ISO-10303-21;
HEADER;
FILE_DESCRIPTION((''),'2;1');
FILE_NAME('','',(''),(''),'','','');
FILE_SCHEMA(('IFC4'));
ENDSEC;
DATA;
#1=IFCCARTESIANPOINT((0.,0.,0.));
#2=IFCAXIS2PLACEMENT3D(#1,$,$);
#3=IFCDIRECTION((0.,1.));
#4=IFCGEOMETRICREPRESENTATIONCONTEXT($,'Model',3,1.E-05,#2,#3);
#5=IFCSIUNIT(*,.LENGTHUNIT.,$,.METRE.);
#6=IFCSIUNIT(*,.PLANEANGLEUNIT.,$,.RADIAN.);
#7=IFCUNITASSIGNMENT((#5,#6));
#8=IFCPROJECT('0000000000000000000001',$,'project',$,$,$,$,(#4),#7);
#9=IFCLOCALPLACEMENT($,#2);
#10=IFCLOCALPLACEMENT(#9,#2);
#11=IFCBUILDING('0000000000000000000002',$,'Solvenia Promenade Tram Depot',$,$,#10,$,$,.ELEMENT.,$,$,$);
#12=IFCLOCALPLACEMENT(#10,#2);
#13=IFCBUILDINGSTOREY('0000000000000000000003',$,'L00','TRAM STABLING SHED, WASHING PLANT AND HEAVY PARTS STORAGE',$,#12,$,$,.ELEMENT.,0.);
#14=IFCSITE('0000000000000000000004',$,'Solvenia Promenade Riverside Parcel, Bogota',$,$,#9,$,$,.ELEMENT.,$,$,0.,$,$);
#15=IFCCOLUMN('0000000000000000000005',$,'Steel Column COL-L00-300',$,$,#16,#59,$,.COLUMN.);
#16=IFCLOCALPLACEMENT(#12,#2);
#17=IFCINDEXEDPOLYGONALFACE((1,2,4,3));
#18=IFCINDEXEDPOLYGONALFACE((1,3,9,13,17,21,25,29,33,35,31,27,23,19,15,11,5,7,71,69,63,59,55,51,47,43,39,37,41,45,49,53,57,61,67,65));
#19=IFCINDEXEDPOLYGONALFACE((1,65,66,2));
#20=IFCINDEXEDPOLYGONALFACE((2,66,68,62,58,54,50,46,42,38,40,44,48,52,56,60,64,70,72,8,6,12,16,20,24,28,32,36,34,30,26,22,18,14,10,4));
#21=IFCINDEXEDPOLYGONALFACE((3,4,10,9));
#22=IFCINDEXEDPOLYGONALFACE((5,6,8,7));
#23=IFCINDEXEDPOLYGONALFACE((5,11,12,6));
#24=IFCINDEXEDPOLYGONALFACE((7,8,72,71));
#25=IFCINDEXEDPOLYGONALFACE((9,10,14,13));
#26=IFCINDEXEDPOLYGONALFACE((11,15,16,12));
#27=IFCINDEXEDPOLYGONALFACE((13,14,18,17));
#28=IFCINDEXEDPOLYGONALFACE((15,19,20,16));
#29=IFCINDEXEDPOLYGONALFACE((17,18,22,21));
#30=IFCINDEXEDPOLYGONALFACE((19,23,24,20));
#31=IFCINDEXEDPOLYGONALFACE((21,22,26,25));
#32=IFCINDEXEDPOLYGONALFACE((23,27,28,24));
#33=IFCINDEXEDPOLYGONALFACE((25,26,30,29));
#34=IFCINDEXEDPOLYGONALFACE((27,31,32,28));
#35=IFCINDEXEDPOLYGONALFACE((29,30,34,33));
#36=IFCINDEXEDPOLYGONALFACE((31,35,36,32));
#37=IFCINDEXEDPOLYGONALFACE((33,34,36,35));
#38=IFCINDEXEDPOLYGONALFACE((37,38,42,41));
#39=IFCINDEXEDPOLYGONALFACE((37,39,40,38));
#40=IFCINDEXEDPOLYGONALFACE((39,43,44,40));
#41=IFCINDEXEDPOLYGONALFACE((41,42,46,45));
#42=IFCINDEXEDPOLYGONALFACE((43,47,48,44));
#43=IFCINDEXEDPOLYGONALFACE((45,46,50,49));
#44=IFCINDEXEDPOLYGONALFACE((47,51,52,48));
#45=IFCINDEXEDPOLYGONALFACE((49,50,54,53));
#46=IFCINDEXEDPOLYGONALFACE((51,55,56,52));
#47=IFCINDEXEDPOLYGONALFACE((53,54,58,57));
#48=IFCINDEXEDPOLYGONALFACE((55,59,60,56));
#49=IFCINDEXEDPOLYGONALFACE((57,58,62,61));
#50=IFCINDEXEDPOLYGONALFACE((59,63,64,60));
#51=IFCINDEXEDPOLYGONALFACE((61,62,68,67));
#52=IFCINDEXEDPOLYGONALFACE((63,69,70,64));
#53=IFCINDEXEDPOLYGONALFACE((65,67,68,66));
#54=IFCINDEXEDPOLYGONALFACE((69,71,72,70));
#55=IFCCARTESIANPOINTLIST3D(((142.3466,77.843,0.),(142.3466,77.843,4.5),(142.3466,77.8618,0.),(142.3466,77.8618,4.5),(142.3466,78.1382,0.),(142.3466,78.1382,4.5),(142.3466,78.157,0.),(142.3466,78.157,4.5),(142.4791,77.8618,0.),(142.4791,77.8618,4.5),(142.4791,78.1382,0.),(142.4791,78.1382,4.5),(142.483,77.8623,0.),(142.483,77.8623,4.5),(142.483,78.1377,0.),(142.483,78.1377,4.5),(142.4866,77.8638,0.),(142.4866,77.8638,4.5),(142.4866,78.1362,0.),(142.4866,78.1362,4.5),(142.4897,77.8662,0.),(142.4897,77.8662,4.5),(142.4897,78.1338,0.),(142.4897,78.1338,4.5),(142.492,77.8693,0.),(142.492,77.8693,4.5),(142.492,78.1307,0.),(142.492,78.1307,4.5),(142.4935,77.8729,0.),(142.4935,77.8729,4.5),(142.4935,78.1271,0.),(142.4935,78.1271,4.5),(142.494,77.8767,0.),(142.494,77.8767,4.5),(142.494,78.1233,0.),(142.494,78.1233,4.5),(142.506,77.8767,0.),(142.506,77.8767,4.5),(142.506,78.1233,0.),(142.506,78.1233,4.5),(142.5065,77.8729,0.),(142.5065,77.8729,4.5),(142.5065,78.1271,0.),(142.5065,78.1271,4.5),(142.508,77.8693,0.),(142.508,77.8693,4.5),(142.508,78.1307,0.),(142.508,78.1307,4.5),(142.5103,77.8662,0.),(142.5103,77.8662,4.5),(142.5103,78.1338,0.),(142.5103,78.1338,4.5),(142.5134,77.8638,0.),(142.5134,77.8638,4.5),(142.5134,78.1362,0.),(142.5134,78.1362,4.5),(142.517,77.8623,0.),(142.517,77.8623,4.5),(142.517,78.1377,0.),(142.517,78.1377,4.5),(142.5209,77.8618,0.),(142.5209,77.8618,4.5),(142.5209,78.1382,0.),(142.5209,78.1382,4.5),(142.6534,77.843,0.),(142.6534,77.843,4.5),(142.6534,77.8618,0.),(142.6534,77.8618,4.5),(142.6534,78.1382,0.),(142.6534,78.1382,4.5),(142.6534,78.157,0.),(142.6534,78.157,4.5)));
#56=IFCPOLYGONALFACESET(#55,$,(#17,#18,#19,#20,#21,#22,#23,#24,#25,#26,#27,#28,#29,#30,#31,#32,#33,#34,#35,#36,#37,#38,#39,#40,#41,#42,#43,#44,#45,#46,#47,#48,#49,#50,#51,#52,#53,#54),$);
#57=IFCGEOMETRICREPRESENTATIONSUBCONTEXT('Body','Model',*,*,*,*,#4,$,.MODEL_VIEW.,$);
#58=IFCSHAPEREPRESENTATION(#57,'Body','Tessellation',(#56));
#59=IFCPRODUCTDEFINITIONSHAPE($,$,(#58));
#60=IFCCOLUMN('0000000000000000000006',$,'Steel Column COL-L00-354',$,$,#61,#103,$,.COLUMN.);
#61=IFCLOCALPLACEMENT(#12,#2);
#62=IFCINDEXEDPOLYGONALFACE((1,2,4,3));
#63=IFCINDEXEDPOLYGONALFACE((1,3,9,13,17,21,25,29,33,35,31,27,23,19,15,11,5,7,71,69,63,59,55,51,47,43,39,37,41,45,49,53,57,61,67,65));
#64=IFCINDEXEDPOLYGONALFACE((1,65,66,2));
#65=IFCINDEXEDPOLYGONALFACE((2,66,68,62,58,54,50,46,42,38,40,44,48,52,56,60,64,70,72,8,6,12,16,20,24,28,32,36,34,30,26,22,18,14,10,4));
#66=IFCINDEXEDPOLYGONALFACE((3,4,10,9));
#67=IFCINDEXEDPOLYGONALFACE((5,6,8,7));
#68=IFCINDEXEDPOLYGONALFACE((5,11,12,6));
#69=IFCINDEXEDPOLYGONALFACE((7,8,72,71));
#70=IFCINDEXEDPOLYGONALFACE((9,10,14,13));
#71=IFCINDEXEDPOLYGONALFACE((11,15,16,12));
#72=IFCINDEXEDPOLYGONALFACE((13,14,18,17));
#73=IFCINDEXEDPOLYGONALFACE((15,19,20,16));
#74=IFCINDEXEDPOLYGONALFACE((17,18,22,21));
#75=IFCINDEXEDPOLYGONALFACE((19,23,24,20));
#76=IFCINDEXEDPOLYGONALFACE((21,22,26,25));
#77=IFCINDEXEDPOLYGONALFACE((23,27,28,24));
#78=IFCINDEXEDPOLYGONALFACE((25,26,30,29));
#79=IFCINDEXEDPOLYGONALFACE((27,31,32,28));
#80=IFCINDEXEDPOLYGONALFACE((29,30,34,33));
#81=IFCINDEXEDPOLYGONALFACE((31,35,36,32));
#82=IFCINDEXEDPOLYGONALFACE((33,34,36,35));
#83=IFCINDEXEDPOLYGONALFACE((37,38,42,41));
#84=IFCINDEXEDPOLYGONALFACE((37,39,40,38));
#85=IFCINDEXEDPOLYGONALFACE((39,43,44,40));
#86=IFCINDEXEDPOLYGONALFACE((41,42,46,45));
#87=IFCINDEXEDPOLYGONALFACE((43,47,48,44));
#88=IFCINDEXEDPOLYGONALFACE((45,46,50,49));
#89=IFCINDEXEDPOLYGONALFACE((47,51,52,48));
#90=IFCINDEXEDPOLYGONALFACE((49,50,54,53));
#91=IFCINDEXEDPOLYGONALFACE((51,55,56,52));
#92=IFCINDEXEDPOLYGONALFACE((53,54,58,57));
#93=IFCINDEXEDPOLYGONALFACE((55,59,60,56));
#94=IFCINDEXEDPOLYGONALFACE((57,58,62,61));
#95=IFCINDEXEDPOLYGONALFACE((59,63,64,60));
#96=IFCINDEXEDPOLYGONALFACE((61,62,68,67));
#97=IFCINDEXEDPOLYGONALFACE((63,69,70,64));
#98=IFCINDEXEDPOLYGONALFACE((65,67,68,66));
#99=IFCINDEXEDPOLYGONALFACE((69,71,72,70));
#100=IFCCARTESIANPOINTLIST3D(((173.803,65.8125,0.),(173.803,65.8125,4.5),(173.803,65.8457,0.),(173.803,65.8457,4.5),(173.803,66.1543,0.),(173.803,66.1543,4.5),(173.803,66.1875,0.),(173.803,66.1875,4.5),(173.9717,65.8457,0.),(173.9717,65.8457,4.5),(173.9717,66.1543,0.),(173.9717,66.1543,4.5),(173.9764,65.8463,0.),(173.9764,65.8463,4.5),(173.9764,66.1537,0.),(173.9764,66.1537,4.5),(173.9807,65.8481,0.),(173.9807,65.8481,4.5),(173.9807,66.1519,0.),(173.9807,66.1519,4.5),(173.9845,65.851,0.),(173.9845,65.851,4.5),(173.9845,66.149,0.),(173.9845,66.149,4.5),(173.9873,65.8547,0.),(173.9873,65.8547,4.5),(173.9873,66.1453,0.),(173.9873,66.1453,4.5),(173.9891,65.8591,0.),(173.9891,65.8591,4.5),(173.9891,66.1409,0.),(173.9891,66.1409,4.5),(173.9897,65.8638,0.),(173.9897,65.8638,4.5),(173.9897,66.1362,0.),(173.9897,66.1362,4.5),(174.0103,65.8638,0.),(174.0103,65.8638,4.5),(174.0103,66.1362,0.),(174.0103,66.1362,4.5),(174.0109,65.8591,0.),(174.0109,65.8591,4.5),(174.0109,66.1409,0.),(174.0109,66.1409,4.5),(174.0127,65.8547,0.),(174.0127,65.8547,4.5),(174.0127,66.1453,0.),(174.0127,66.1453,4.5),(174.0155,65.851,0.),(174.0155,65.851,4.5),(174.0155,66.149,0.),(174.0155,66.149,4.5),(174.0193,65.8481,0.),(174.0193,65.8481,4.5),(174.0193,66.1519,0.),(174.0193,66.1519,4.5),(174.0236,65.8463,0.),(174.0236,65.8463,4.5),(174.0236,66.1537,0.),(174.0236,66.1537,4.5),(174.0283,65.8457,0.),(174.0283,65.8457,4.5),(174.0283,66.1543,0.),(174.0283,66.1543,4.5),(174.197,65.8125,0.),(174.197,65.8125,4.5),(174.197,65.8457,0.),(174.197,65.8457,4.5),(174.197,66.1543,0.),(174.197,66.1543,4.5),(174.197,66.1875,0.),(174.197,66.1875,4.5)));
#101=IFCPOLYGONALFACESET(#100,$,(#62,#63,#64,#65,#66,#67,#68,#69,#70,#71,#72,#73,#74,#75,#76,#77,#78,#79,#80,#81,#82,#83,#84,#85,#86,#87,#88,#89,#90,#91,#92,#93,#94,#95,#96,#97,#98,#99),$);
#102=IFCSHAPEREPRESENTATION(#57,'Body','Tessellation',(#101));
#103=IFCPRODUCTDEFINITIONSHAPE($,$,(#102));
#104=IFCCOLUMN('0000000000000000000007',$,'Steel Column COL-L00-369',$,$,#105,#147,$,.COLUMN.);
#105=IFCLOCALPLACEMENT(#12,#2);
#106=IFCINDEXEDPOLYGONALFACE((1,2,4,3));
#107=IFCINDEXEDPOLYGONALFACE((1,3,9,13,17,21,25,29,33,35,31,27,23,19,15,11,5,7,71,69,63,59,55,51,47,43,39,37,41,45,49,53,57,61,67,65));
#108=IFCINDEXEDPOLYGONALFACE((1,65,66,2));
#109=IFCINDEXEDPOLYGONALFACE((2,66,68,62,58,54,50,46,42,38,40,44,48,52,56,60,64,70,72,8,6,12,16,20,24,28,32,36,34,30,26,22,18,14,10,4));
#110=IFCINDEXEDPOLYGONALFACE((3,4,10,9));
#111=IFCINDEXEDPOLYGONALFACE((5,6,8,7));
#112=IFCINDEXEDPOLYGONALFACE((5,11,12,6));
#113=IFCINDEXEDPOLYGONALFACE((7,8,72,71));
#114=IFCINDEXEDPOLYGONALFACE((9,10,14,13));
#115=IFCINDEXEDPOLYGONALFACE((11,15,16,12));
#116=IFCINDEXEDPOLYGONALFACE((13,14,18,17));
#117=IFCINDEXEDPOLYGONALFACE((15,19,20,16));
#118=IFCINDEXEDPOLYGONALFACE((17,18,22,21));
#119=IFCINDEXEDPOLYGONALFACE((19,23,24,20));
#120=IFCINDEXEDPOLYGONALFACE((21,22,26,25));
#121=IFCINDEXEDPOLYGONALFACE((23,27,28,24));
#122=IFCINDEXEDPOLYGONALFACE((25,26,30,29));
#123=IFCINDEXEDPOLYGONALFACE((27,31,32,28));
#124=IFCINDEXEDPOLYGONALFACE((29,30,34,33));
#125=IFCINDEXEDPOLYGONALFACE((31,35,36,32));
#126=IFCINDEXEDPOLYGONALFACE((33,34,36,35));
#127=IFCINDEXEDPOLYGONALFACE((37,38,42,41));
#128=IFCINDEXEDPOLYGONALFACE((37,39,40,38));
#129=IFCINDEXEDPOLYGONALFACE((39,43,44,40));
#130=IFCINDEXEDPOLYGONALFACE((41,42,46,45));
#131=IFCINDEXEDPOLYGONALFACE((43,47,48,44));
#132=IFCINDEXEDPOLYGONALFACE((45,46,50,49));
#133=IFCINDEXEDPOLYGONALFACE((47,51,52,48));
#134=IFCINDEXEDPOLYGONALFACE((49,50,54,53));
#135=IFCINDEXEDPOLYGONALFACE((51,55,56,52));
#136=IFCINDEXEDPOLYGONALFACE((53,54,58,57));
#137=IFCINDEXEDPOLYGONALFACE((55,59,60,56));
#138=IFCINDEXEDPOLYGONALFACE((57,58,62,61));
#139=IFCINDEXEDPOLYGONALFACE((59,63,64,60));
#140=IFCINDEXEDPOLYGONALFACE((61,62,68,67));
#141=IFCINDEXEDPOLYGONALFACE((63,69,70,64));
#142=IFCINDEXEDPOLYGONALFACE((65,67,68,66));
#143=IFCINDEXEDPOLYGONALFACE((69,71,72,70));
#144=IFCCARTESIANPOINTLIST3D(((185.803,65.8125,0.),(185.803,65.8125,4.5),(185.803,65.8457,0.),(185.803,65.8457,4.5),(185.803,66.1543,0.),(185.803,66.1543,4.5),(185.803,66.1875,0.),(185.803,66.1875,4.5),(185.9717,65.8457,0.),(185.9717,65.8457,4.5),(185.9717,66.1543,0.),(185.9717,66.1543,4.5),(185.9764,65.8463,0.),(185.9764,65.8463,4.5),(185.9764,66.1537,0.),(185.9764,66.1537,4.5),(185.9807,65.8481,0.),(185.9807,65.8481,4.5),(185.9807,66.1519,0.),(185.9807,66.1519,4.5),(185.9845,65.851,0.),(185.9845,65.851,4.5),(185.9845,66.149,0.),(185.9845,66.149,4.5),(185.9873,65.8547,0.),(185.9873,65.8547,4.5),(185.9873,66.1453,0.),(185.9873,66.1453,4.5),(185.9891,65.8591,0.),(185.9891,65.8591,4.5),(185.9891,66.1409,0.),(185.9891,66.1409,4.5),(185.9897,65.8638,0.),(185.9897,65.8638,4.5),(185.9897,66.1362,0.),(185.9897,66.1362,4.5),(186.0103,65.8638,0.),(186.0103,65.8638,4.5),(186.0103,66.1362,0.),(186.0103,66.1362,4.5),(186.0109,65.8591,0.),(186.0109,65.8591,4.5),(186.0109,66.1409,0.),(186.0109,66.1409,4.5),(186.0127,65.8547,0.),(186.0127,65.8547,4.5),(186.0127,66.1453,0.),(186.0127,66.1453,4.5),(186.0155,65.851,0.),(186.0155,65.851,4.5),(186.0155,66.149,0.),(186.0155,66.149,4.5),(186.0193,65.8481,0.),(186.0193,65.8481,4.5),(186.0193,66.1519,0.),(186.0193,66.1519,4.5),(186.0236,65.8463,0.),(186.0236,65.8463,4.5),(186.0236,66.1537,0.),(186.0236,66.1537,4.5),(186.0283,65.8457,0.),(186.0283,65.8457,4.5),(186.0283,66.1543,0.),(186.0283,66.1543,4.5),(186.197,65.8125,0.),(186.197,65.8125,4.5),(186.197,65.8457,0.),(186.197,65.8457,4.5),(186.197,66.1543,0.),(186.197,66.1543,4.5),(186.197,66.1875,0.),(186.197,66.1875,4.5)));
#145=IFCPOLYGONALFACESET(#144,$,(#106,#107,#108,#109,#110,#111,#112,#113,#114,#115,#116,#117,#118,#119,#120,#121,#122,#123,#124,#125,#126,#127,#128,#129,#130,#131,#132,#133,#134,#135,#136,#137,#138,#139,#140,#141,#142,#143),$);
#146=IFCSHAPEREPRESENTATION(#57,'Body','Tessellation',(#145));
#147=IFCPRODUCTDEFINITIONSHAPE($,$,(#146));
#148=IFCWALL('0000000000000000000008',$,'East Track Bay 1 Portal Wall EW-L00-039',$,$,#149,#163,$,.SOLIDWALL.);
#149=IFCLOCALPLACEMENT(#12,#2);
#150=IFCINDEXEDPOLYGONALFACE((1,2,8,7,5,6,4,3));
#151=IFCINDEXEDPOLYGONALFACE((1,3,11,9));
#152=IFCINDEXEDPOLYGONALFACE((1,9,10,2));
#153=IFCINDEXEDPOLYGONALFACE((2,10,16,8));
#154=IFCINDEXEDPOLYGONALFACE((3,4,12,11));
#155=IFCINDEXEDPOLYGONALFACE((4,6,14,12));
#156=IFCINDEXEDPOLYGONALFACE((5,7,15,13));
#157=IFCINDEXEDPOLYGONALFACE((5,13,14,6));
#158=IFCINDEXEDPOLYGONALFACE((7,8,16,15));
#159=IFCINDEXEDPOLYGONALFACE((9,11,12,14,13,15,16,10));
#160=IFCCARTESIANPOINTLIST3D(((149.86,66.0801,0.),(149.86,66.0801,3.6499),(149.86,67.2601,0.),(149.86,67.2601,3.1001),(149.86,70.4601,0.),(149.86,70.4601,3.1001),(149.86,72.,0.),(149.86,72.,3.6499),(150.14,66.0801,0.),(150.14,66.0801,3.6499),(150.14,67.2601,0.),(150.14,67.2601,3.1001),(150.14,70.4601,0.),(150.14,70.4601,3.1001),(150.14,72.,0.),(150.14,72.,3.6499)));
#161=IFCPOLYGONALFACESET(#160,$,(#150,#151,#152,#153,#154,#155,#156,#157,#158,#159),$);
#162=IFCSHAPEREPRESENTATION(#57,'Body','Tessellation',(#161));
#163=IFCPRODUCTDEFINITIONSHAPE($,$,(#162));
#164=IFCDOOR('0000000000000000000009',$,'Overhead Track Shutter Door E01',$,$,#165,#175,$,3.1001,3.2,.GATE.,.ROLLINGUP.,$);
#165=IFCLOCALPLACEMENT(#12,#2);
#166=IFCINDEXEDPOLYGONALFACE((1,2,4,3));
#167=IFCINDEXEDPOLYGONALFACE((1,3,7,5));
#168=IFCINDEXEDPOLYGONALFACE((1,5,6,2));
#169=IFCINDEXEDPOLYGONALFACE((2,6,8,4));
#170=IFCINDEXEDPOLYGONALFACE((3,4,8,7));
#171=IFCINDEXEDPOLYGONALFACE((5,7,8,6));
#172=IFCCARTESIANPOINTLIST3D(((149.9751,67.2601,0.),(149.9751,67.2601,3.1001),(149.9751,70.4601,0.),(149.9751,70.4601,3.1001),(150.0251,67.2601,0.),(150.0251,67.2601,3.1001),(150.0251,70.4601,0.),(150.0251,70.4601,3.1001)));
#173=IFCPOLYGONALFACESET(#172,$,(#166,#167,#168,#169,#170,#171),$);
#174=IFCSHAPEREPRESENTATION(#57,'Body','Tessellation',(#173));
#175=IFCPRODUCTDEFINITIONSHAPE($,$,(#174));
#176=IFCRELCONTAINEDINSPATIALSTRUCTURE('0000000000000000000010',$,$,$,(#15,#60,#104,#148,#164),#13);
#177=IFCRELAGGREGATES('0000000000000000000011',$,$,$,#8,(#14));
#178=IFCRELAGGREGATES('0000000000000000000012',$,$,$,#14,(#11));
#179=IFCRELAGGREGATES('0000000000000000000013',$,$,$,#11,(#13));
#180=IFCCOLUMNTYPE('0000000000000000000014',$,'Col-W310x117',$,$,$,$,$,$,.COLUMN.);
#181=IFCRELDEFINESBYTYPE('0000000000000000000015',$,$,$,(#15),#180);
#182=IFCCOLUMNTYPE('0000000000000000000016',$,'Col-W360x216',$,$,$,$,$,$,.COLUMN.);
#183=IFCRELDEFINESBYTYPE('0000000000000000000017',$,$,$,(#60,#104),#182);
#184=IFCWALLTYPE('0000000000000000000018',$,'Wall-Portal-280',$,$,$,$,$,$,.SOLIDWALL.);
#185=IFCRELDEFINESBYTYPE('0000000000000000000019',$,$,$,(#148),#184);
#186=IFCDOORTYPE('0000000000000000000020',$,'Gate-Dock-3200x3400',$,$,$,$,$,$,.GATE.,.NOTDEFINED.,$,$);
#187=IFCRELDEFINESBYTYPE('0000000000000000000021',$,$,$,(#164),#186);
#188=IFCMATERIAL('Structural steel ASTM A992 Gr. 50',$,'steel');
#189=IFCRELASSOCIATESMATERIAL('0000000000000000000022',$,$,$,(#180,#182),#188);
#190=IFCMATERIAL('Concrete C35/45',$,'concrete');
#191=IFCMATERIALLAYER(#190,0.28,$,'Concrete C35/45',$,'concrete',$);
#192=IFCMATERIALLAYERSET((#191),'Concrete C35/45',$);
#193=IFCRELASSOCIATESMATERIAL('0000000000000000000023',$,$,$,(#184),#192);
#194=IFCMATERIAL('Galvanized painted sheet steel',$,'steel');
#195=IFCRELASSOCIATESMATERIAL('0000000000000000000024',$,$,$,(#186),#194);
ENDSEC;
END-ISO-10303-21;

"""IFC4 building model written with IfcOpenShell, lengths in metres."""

from ifc_helpers import new_model, si_unit, direction, frame, frame_2d, origin, origin_2d, place, context, subcontext, project, spatial, rectangle, i_section, extrude, material, layer, layer_set, material_profile, profile_set, type_object, element, fill, save


model = new_model("IFC4")

# Units and contexts
model_context = context("Model", 3, precision=1e-05, world=origin(), true_north=direction((0.0, 1.0)))
body_context = subcontext(model_context, "Body", "Model", "MODEL_VIEW")
ifc_project = project(units=[si_unit("LENGTHUNIT", "METRE"), si_unit("PLANEANGLEUNIT", "RADIAN")], contexts=[model_context])

# Site, building, storey
site_placement = place(None, origin())
site = spatial("IfcSite", under=ifc_project, at=site_placement, Name="Solvenia Promenade Riverside Parcel, Bogota", CompositionType="ELEMENT", RefElevation=0.0)
building_placement = place(site_placement, origin())
building = spatial("IfcBuilding", under=site, at=building_placement, Name="Solvenia Promenade Tram Depot", CompositionType="ELEMENT")
storey_placement = place(building_placement, origin())
storey = spatial("IfcBuildingStorey", under=building, at=storey_placement, Name="L00", Description="TRAM STABLING SHED, WASHING PLANT AND HEAVY PARTS STORAGE", CompositionType="ELEMENT", Elevation=0.0)

# Columns
ifc_material_1 = material(Name="Structural steel ASTM A992 Gr. 50", Category="steel")
ifc_material_profile_1 = material_profile(ifc_material_1, i_section(OverallWidth=0.3069, OverallDepth=0.314, WebThickness=0.012, FlangeThickness=0.0188, FilletRadius=0.0149, at=origin_2d()), Name="W310x117", Category="steel")
ifc_profile_set_1 = profile_set([ifc_material_profile_1], Name="Structural steel ASTM A992 Gr. 50")
column_type_1 = type_object("IfcColumnType", Name="Col-W310x117", PredefinedType="COLUMN", material=ifc_profile_set_1)
for number, where, z_axis, x_axis, name in (
    (1, (142.5, 78.0, 0.0), (0.0, 0.0, 1.0), (1.0, 0.0, 0.0), "Steel Column COL-L00-300"),
):
    element("IfcColumn", number, at=place(storey_placement, frame(where, z_axis=z_axis, x_axis=x_axis)), inside=storey, type_object=column_type_1, Name=name, PredefinedType="COLUMN", context=body_context, shape_type="SweptSolid", body=[
        extrude(i_section(OverallWidth=0.3069, OverallDepth=0.314, WebThickness=0.012, FlangeThickness=0.0188, FilletRadius=0.0149, at=origin_2d()), origin(), (0.0, 0.0, 1.0), 4.5),
    ])
ifc_material_profile_2 = material_profile(ifc_material_1, i_section(OverallWidth=0.394, OverallDepth=0.375, WebThickness=0.0205, FlangeThickness=0.0332, FilletRadius=0.0181, at=origin_2d()), Name="W360x216", Category="steel")
ifc_profile_set_2 = profile_set([ifc_material_profile_2], Name="Structural steel ASTM A992 Gr. 50")
column_type_2 = type_object("IfcColumnType", Name="Col-W360x216", PredefinedType="COLUMN", material=ifc_profile_set_2)
for number, where, z_axis, x_axis, name in (
    (2, (174.0, 66.0, 0.0), (0.0, 0.0, 1.0), (1.0, 0.0, 0.0), "Steel Column COL-L00-354"),
    (3, (186.0, 66.0, 0.0), (0.0, 0.0, 1.0), (1.0, 0.0, 0.0), "Steel Column COL-L00-369"),
):
    element("IfcColumn", number, at=place(storey_placement, frame(where, z_axis=z_axis, x_axis=x_axis)), inside=storey, type_object=column_type_2, Name=name, PredefinedType="COLUMN", context=body_context, shape_type="SweptSolid", body=[
        extrude(i_section(OverallWidth=0.394, OverallDepth=0.375, WebThickness=0.0205, FlangeThickness=0.0332, FilletRadius=0.0181, at=origin_2d()), origin(), (0.0, 0.0, 1.0), 4.5),
    ])

# Wall, opening, door
ifc_material_2 = material(Name="Concrete C35/45", Category="concrete")
ifc_layer_1 = layer(ifc_material_2, 0.28, Name="Concrete C35/45", Category="concrete")
ifc_layer_set_1 = layer_set([ifc_layer_1], Name="Concrete C35/45")
wall_type_1 = type_object("IfcWallType", Name="Wall-Portal-280", PredefinedType="SOLIDWALL", material=ifc_layer_set_1)
wall_1_placement = place(storey_placement, frame((150.0, 66.0801, 0.0), z_axis=(0.0, 0.0, 1.0), x_axis=(0.0, 1.0, 0.0)))
wall_1 = element("IfcWall", 4, at=wall_1_placement, inside=storey, type_object=wall_type_1, Name="East Track Bay 1 Portal Wall EW-L00-039", PredefinedType="SOLIDWALL", context=body_context, shape_type="SweptSolid", body=[
    extrude(rectangle(XDim=5.9199, YDim=0.28, at=frame_2d((2.96, 0.0))), origin(), (0.0, 0.0, 1.0), 3.6499),
])
opening_1_placement = place(wall_1_placement, frame((1.1799, 0.0, 0.0)))
opening_1 = element("IfcOpeningElement", 5, at=opening_1_placement, cuts=wall_1, PredefinedType="OPENING", context=body_context, shape_type="SweptSolid", body=[
    extrude(rectangle(XDim=3.2, YDim=3.1001, at=frame_2d((1.6001, 1.55))), frame((0.0, 0.1499, 0.0), z_axis=(0.0, -1.0, 0.0), x_axis=(1.0, 0.0, 0.0)), (0.0, 0.0, 1.0), 0.3),
])
ifc_material_3 = material(Name="Galvanized painted sheet steel", Category="steel")
door_type = type_object("IfcDoorType", Name="Gate-Dock-3200x3400", OperationType="NOTDEFINED", PredefinedType="GATE", material=ifc_material_3)
door_1_placement = place(opening_1_placement, origin())
door_1 = element("IfcDoor", 6, at=door_1_placement, inside=storey, type_object=door_type, Name="Overhead Track Shutter Door E01", OperationType="ROLLINGUP", OverallHeight=3.1001, OverallWidth=3.2, PredefinedType="GATE", context=body_context, shape_type="SweptSolid", body=[
    extrude(rectangle(XDim=3.2, YDim=3.1001, at=frame_2d((1.6001, 1.55))), frame((0.0, 0.0249, 0.0), z_axis=(0.0, -1.0, 0.0), x_axis=(1.0, 0.0, 0.0)), (0.0, 0.0, 1.0), 0.05),
])
fill(opening_1, door_1)

save(model, "model.ifc")
